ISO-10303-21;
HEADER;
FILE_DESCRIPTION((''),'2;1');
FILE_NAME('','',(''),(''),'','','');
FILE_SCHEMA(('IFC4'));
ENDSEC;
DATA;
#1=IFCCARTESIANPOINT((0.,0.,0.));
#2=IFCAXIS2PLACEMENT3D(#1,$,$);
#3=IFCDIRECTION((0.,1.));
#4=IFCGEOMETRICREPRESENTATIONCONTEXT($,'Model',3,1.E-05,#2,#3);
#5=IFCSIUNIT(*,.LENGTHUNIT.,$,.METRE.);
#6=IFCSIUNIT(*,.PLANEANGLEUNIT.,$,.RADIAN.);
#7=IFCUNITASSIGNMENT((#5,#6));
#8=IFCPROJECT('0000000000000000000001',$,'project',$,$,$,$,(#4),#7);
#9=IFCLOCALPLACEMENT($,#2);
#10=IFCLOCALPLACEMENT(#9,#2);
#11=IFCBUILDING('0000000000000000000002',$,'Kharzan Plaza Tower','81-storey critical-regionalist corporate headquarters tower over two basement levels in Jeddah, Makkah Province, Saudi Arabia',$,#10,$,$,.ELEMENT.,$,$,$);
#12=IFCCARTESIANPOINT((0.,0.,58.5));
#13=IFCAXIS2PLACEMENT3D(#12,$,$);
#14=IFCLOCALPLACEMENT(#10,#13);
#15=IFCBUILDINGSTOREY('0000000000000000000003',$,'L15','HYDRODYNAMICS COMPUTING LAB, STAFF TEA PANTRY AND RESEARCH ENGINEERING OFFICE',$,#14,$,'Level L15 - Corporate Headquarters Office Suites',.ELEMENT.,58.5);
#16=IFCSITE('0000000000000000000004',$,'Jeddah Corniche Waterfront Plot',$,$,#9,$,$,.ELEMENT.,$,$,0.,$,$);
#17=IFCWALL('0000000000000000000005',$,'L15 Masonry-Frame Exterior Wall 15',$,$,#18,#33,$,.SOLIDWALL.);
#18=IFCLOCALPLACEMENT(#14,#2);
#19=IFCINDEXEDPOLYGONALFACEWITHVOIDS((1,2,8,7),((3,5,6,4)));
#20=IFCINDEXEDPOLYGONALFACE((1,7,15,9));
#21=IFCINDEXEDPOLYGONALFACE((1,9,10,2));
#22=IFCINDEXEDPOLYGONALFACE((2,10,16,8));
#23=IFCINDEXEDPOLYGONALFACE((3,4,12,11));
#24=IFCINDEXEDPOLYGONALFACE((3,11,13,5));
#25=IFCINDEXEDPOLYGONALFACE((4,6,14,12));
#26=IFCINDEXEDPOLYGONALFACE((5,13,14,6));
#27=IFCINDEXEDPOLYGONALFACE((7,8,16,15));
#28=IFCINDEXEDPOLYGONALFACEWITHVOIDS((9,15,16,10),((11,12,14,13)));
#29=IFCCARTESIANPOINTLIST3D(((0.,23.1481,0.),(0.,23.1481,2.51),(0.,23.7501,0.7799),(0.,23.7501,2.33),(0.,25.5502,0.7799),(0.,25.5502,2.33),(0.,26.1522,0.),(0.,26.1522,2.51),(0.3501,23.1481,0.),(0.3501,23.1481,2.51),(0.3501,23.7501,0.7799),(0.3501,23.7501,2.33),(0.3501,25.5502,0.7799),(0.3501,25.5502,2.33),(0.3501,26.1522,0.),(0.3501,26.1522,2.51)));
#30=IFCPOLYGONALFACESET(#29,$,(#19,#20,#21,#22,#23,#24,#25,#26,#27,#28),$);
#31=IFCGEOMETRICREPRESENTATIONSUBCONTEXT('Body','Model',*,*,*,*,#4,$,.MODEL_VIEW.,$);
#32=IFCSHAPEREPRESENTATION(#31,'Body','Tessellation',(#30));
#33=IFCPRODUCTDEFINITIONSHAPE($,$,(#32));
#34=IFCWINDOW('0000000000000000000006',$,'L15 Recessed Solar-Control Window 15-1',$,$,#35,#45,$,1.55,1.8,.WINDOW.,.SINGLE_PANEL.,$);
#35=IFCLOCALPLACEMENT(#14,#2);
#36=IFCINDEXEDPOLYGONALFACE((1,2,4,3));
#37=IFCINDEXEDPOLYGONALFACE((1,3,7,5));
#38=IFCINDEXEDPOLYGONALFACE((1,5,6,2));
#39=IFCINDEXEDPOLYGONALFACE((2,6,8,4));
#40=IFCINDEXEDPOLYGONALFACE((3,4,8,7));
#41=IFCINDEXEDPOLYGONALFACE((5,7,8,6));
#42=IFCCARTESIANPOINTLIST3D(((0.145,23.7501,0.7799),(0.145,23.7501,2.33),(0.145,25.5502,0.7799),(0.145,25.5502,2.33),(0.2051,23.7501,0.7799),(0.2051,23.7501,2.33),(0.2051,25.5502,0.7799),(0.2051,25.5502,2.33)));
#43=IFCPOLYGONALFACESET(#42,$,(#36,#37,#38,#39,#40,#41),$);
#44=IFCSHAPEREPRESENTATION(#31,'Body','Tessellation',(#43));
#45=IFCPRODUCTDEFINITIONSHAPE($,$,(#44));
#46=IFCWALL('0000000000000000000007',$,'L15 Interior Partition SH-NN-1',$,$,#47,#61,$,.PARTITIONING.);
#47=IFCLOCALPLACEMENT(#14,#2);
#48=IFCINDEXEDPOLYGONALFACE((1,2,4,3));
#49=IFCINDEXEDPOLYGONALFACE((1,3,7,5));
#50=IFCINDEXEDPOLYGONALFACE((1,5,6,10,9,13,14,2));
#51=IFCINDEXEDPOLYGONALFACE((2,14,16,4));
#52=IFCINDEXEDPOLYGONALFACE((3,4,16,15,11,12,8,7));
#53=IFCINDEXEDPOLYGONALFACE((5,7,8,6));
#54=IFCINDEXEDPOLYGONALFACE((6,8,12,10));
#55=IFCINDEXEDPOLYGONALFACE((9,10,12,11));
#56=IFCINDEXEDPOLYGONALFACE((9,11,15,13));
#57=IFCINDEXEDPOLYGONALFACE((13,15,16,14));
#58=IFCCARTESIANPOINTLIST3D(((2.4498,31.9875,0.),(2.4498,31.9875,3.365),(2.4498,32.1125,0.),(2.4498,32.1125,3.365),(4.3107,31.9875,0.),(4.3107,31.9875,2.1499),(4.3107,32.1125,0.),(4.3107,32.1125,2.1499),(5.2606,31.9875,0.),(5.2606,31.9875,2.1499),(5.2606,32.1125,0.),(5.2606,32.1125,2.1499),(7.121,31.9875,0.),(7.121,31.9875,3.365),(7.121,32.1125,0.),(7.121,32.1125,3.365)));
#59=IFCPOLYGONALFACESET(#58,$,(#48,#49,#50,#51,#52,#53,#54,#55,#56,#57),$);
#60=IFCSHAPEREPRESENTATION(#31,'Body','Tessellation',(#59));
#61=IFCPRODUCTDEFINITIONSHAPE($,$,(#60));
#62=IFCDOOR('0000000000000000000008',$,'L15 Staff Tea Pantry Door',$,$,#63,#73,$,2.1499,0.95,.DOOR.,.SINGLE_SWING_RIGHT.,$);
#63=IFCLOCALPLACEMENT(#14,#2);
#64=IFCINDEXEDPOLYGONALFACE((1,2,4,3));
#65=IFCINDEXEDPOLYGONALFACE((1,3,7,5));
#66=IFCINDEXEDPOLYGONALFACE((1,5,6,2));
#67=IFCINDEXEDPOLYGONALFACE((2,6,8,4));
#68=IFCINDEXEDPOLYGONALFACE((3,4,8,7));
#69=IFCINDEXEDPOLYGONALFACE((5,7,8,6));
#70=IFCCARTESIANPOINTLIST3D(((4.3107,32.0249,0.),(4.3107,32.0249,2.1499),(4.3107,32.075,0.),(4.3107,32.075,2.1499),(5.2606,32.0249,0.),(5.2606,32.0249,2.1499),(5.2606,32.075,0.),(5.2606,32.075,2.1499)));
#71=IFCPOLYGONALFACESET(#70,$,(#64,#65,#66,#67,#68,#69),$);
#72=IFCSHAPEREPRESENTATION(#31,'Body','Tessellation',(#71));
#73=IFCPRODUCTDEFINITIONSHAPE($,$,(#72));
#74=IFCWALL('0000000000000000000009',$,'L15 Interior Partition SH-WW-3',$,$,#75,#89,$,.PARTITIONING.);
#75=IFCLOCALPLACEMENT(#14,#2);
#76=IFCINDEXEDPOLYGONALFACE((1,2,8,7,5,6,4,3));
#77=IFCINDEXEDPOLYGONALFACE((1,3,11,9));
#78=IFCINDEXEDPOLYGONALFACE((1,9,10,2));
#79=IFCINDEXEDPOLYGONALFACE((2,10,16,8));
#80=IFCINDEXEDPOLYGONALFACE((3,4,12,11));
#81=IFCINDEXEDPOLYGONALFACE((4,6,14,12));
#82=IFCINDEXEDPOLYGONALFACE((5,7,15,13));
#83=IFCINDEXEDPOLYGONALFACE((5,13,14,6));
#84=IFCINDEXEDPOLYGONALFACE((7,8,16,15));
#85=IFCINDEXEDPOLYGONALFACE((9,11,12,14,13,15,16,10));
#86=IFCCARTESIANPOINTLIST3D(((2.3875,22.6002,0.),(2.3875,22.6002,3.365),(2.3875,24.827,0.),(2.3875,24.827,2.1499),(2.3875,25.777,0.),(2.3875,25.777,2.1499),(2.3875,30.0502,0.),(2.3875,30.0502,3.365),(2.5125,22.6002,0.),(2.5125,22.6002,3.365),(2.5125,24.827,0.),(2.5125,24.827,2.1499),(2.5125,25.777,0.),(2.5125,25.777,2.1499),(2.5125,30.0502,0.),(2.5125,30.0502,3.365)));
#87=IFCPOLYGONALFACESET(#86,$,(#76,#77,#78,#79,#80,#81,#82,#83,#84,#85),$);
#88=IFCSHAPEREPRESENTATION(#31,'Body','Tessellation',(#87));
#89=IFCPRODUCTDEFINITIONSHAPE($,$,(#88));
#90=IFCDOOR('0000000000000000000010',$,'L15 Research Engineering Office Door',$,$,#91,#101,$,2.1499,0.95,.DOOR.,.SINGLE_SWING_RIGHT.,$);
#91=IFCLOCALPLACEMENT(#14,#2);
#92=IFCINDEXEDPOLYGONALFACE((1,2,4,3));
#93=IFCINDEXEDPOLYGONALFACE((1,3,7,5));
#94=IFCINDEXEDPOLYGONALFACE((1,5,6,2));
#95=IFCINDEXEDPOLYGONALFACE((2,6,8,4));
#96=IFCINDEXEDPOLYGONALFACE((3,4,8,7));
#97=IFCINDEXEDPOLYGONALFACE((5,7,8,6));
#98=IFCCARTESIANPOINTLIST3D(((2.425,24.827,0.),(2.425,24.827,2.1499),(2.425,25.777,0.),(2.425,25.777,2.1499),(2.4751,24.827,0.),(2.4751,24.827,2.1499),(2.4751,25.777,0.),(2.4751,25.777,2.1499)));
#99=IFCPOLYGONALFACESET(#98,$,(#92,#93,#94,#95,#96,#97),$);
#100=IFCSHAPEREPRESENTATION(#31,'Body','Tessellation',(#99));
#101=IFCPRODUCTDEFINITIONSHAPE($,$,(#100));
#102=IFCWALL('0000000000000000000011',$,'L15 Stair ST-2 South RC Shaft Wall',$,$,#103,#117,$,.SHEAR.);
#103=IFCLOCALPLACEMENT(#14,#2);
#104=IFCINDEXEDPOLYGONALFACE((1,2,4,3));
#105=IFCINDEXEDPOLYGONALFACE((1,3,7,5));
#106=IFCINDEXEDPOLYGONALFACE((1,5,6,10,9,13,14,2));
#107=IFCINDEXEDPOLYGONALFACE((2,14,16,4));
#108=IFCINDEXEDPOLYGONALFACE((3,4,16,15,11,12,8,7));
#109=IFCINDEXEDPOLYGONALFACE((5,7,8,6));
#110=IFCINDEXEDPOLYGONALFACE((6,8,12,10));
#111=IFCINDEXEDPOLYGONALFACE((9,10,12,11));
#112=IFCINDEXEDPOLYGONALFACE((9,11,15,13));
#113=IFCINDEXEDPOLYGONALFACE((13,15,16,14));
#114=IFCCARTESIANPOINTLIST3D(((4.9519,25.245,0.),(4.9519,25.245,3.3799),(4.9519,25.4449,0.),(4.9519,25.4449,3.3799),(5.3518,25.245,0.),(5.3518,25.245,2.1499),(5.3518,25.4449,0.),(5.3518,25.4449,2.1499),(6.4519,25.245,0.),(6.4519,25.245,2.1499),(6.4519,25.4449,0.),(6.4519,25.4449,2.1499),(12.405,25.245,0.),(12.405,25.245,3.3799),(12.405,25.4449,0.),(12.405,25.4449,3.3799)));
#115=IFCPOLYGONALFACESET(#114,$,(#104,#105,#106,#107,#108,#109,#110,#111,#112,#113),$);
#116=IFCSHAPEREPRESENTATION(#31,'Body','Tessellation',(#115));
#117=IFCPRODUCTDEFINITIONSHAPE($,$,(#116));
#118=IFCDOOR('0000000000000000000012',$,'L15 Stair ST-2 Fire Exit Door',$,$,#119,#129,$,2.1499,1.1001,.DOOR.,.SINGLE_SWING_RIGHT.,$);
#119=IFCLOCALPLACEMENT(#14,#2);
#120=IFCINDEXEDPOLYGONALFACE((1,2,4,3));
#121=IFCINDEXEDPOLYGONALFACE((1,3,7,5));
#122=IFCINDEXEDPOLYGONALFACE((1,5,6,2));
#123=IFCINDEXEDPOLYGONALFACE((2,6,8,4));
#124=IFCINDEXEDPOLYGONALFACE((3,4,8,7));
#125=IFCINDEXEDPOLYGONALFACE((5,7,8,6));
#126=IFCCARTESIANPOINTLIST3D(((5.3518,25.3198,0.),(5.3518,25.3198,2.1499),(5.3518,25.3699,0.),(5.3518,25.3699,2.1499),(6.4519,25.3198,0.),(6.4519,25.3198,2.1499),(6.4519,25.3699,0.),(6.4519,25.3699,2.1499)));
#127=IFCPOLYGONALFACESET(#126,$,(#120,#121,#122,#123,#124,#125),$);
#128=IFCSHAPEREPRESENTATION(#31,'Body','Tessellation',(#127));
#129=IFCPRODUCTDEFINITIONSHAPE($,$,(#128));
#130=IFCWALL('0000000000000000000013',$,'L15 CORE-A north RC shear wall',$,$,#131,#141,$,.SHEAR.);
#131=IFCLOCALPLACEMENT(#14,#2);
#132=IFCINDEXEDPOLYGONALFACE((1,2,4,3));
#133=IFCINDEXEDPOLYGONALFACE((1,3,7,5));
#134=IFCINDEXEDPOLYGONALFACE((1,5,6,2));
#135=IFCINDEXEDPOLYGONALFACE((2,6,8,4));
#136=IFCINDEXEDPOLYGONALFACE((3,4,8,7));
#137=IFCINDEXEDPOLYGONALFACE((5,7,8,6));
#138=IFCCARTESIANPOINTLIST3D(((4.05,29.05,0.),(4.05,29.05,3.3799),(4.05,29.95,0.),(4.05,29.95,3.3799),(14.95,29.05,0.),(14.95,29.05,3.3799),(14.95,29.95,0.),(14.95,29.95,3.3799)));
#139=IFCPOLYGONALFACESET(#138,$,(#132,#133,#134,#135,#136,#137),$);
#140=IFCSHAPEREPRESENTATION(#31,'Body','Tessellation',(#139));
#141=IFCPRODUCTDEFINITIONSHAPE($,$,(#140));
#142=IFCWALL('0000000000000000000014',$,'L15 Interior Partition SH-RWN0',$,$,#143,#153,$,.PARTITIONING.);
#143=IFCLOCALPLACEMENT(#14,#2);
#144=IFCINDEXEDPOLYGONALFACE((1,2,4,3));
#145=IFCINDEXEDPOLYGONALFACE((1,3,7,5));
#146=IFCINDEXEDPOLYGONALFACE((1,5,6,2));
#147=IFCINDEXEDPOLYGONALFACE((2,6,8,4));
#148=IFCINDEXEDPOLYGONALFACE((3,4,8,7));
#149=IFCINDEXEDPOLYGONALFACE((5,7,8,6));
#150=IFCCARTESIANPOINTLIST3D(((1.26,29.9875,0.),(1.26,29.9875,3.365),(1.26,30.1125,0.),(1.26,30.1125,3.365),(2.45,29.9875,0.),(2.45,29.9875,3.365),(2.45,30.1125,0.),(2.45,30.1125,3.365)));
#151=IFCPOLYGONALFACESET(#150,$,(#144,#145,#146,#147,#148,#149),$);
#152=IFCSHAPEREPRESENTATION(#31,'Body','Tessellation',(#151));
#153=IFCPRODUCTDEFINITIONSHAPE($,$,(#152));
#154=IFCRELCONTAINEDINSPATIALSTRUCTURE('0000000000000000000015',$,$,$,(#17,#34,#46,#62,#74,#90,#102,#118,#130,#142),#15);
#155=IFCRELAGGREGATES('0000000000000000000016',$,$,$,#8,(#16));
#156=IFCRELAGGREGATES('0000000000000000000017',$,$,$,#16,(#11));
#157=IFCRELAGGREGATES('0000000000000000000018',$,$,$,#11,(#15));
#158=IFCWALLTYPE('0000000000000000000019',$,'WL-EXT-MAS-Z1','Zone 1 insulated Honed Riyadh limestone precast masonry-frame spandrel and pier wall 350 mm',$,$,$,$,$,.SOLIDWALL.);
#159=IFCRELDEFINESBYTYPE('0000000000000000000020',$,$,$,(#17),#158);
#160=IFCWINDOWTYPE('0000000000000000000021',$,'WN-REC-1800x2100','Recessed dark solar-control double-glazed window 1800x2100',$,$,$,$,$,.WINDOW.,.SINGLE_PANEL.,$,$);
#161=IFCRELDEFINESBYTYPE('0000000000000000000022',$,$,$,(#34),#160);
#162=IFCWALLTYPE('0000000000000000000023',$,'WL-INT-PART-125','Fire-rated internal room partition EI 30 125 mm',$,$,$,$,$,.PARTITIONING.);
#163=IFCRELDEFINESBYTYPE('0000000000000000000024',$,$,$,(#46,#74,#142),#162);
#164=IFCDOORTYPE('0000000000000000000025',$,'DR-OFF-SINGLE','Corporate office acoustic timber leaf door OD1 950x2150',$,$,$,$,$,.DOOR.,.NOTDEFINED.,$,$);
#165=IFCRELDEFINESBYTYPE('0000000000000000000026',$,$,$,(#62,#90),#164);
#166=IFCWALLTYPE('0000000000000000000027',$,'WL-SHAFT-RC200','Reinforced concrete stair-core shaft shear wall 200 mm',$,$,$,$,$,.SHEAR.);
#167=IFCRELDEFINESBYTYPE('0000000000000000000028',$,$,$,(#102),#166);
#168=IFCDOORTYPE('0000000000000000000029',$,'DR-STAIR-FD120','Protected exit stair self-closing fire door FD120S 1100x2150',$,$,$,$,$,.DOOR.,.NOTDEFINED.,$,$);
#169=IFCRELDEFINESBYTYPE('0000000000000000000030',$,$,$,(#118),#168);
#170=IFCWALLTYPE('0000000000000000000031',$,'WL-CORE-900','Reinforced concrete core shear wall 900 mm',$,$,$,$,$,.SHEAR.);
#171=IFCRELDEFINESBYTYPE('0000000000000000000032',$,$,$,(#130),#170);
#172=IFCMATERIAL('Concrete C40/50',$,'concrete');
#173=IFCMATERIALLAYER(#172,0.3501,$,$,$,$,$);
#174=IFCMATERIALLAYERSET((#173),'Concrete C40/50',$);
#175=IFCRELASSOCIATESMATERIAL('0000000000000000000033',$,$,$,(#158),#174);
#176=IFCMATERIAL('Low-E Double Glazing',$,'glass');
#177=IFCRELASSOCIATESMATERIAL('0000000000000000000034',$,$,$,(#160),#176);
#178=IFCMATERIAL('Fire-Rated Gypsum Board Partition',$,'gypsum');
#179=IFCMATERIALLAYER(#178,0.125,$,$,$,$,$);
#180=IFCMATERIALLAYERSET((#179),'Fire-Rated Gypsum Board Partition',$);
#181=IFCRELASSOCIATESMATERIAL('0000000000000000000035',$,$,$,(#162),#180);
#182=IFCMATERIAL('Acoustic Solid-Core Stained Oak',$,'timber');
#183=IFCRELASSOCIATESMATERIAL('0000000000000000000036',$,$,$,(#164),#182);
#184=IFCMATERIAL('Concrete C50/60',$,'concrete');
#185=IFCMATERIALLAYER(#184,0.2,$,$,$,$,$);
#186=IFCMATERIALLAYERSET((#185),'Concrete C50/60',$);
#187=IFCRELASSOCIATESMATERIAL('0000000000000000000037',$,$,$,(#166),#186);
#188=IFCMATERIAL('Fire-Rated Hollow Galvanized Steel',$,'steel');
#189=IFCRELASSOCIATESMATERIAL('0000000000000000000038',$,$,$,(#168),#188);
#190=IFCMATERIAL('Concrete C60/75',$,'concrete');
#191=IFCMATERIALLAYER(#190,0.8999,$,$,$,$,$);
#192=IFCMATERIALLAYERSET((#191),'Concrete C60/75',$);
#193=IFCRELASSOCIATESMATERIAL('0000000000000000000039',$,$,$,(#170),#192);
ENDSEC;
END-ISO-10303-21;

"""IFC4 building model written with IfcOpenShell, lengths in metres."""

from ifc_helpers import new_model, si_unit, direction, frame, frame_2d, origin, place, context, subcontext, project, spatial, rectangle, extrude, source, transform, mapped, material, layer, layer_set, type_object, element, fill, save


model = new_model("IFC4")

# Units and contexts
model_context = context("Model", 3, precision=1e-05, world=origin(), true_north=direction((0.0, 1.0)))
body_context = subcontext(model_context, "Body", "Model", "MODEL_VIEW")
ifc_project = project(units=[si_unit("LENGTHUNIT", "METRE"), si_unit("PLANEANGLEUNIT", "RADIAN")], contexts=[model_context])

# Site, building, storey
site_placement = place(None, origin())
site = spatial("IfcSite", under=ifc_project, at=site_placement, Name="Jeddah Corniche Waterfront Plot", CompositionType="ELEMENT", RefElevation=0.0)
building_placement = place(site_placement, origin())
building = spatial("IfcBuilding", under=site, at=building_placement, Name="Kharzan Plaza Tower", Description="81-storey critical-regionalist corporate headquarters tower over two basement levels in Jeddah, Makkah Province, Saudi Arabia", CompositionType="ELEMENT")
storey_placement = place(building_placement, frame((0.0, 0.0, 58.5)))
storey = spatial("IfcBuildingStorey", under=building, at=storey_placement, Name="L15", Description="HYDRODYNAMICS COMPUTING LAB, STAFF TEA PANTRY AND RESEARCH ENGINEERING OFFICE", LongName="Level L15 - Corporate Headquarters Office Suites", CompositionType="ELEMENT", Elevation=58.5)

# Shared definitions
ifc_material_1 = material(Name="Concrete C60/75", Category="concrete")

# Wall, opening, window
ifc_material_2 = material(Name="Concrete C40/50", Category="concrete")
ifc_layer_1 = layer(ifc_material_2, 0.3501)
ifc_layer_set_1 = layer_set([ifc_layer_1], Name="Concrete C40/50")
wall_type_1 = type_object("IfcWallType", Name="WL-EXT-MAS-Z1", Description="Zone 1 insulated Honed Riyadh limestone precast masonry-frame spandrel and pier wall 350 mm", PredefinedType="SOLIDWALL", material=ifc_layer_set_1)
ifc_material_3 = material(Name="Low-E Double Glazing", Category="glass")
wall_1_placement = place(storey_placement, frame((0.175, 26.1521, 0.0), z_axis=(0.0, 0.0, 1.0), x_axis=(0.0, -1.0, 0.0)))
wall_1 = element("IfcWall", 1, at=wall_1_placement, inside=storey, type_object=wall_type_1, Name="L15 Masonry-Frame Exterior Wall 15", PredefinedType="SOLIDWALL", context=body_context, shape_type="SweptSolid", body=[
    extrude(rectangle(XDim=3.0042, YDim=0.3501, at=frame_2d((1.502, 0.0))), origin(), (0.0, 0.0, 1.0), 2.51),
])
opening_1_placement = place(wall_1_placement, frame((0.6021, 0.0, 0.78)))
opening_1 = element("IfcOpeningElement", 2, at=opening_1_placement, cuts=wall_1, PredefinedType="OPENING", context=body_context, shape_type="SweptSolid", body=[
    extrude(rectangle(XDim=1.8, YDim=1.55, at=frame_2d((0.8999, 0.7749))), frame((0.0, 0.1851, 0.0), z_axis=(0.0, -1.0, 0.0), x_axis=(1.0, 0.0, 0.0)), (0.0, 0.0, 1.0), 0.3701),
])
window_type_1 = type_object("IfcWindowType", Name="WN-REC-1800x2100", Description="Recessed dark solar-control double-glazed window 1800x2100", PartitioningType="SINGLE_PANEL", PredefinedType="WINDOW", material=ifc_material_3)
shared_shape_1 = source(origin(), body_context, "Body", "SweptSolid", [
    extrude(rectangle(XDim=1.8, YDim=1.55, at=frame_2d((0.8999, 0.7749))), frame((0.0, 0.03, 0.0), z_axis=(0.0, -1.0, 0.0), x_axis=(1.0, 0.0, 0.0)), (0.0, 0.0, 1.0), 0.0601),
])
window_1_placement = place(opening_1_placement, origin())
window_1 = element("IfcWindow", 3, at=window_1_placement, inside=storey, type_object=window_type_1, Name="L15 Recessed Solar-Control Window 15-1", OverallHeight=1.55, OverallWidth=1.8, PartitioningType="SINGLE_PANEL", PredefinedType="WINDOW", context=body_context, shape_type="MappedRepresentation", body=[
    mapped(shared_shape_1, transform((0.0, 0.0, 0.0), x_axis=(1.0, 0.0, 0.0), y_axis=(0.0, 1.0, 0.0), z_axis=(0.0, 0.0, 1.0))),
])
fill(opening_1, window_1)

# Walls, openings, doors
ifc_material_4 = material(Name="Fire-Rated Gypsum Board Partition", Category="gypsum")
ifc_layer_2 = layer(ifc_material_4, 0.125)
ifc_layer_set_2 = layer_set([ifc_layer_2], Name="Fire-Rated Gypsum Board Partition")
wall_type_2 = type_object("IfcWallType", Name="WL-INT-PART-125", Description="Fire-rated internal room partition EI 30 125 mm", PredefinedType="PARTITIONING", material=ifc_layer_set_2)
wall_2_placement = place(storey_placement, frame((2.45, 32.05, 0.0), z_axis=(0.0, 0.0, 1.0), x_axis=(1.0, 0.0, 0.0)))
wall_2 = element("IfcWall", 4, at=wall_2_placement, inside=storey, type_object=wall_type_2, Name="L15 Interior Partition SH-NN-1", PredefinedType="PARTITIONING", context=body_context, shape_type="SweptSolid", body=[
    extrude(rectangle(XDim=4.6711, YDim=0.125, at=frame_2d((2.3354, 0.0))), origin(), (0.0, 0.0, 1.0), 3.365),
])
opening_2_placement = place(wall_2_placement, frame((1.8606, 0.0, 0.0)))
opening_2 = element("IfcOpeningElement", 5, at=opening_2_placement, cuts=wall_2, PredefinedType="OPENING", context=body_context, shape_type="SweptSolid", body=[
    extrude(rectangle(XDim=0.95, YDim=2.1499, at=frame_2d((0.4751, 1.075))), frame((0.0, 0.0725, 0.0), z_axis=(0.0, -1.0, 0.0), x_axis=(1.0, 0.0, 0.0)), (0.0, 0.0, 1.0), 0.145),
])
ifc_material_5 = material(Name="Acoustic Solid-Core Stained Oak", Category="timber")
door_type_1 = type_object("IfcDoorType", Name="DR-OFF-SINGLE", Description="Corporate office acoustic timber leaf door OD1 950x2150", OperationType="NOTDEFINED", PredefinedType="DOOR", material=ifc_material_5)
shared_shape_2 = source(origin(), body_context, "Body", "SweptSolid", [
    extrude(rectangle(XDim=0.95, YDim=2.1499, at=frame_2d((0.4751, 1.075))), frame((0.0, 0.0249, 0.0), z_axis=(0.0, -1.0, 0.0), x_axis=(1.0, 0.0, 0.0)), (0.0, 0.0, 1.0), 0.05),
])
door_1_placement = place(opening_2_placement, origin())
door_1 = element("IfcDoor", 6, at=door_1_placement, inside=storey, type_object=door_type_1, Name="L15 Staff Tea Pantry Door", OperationType="SINGLE_SWING_RIGHT", OverallHeight=2.1499, OverallWidth=0.95, PredefinedType="DOOR", context=body_context, shape_type="MappedRepresentation", body=[
    mapped(shared_shape_2, transform((0.0, 0.0, 0.0), x_axis=(1.0, 0.0, 0.0), y_axis=(0.0, 1.0, 0.0), z_axis=(0.0, 0.0, 1.0))),
])
fill(opening_2, door_1)
wall_3_placement = place(storey_placement, frame((2.45, 22.6001, 0.0), z_axis=(0.0, 0.0, 1.0), x_axis=(0.0, 1.0, 0.0)))
wall_3 = element("IfcWall", 7, at=wall_3_placement, inside=storey, type_object=wall_type_2, Name="L15 Interior Partition SH-WW-3", PredefinedType="PARTITIONING", context=body_context, shape_type="SweptSolid", body=[
    extrude(rectangle(XDim=7.45, YDim=0.125, at=frame_2d((3.7251, 0.0))), origin(), (0.0, 0.0, 1.0), 3.365),
])
opening_3_placement = place(wall_3_placement, frame((2.2268, 0.0, 0.0)))
opening_3 = element("IfcOpeningElement", 8, at=opening_3_placement, cuts=wall_3, PredefinedType="OPENING", context=body_context, shape_type="SweptSolid", body=[
    extrude(rectangle(XDim=0.95, YDim=2.1499, at=frame_2d((0.4751, 1.075))), frame((0.0, 0.0725, 0.0), z_axis=(0.0, -1.0, 0.0), x_axis=(1.0, 0.0, 0.0)), (0.0, 0.0, 1.0), 0.145),
])
door_2_placement = place(opening_3_placement, origin())
door_2 = element("IfcDoor", 9, at=door_2_placement, inside=storey, type_object=door_type_1, Name="L15 Research Engineering Office Door", OperationType="SINGLE_SWING_RIGHT", OverallHeight=2.1499, OverallWidth=0.95, PredefinedType="DOOR", context=body_context, shape_type="MappedRepresentation", body=[
    mapped(shared_shape_2, transform((0.0, 0.0, 0.0), x_axis=(1.0, 0.0, 0.0), y_axis=(0.0, 1.0, 0.0), z_axis=(0.0, 0.0, 1.0))),
])
fill(opening_3, door_2)
ifc_material_6 = material(Name="Concrete C50/60", Category="concrete")
ifc_layer_3 = layer(ifc_material_6, 0.2)
ifc_layer_set_3 = layer_set([ifc_layer_3], Name="Concrete C50/60")
wall_type_3 = type_object("IfcWallType", Name="WL-SHAFT-RC200", Description="Reinforced concrete stair-core shaft shear wall 200 mm", PredefinedType="SHEAR", material=ifc_layer_set_3)
wall_4_placement = place(storey_placement, frame((4.9519, 25.345, 0.0), z_axis=(0.0, 0.0, 1.0), x_axis=(1.0, 0.0, 0.0)))
wall_4 = element("IfcWall", 10, at=wall_4_placement, inside=storey, type_object=wall_type_3, Name="L15 Stair ST-2 South RC Shaft Wall", PredefinedType="SHEAR", context=body_context, shape_type="SweptSolid", body=[
    extrude(rectangle(XDim=7.4531, YDim=0.2, at=frame_2d((3.7266, 0.0))), origin(), (0.0, 0.0, 1.0), 3.3799),
])
opening_4_placement = place(wall_4_placement, frame((0.3999, 0.0, 0.0)))
opening_4 = element("IfcOpeningElement", 11, at=opening_4_placement, cuts=wall_4, PredefinedType="OPENING", context=body_context, shape_type="SweptSolid", body=[
    extrude(rectangle(XDim=1.1001, YDim=2.1499, at=frame_2d((0.55, 1.075))), frame((0.0, 0.1099, 0.0), z_axis=(0.0, -1.0, 0.0), x_axis=(1.0, 0.0, 0.0)), (0.0, 0.0, 1.0), 0.22),
])
ifc_material_7 = material(Name="Fire-Rated Hollow Galvanized Steel", Category="steel")
door_type_2 = type_object("IfcDoorType", Name="DR-STAIR-FD120", Description="Protected exit stair self-closing fire door FD120S 1100x2150", OperationType="NOTDEFINED", PredefinedType="DOOR", material=ifc_material_7)
shared_shape_3 = source(origin(), body_context, "Body", "SweptSolid", [
    extrude(rectangle(XDim=1.1001, YDim=2.1499, at=frame_2d((0.55, 1.075))), frame((0.0, 0.0249, 0.0), z_axis=(0.0, -1.0, 0.0), x_axis=(1.0, 0.0, 0.0)), (0.0, 0.0, 1.0), 0.05),
])
door_3_placement = place(opening_4_placement, origin())
door_3 = element("IfcDoor", 12, at=door_3_placement, inside=storey, type_object=door_type_2, Name="L15 Stair ST-2 Fire Exit Door", OperationType="SINGLE_SWING_RIGHT", OverallHeight=2.1499, OverallWidth=1.1001, PredefinedType="DOOR", context=body_context, shape_type="MappedRepresentation", body=[
    mapped(shared_shape_3, transform((0.0, 0.0, 0.0), x_axis=(1.0, 0.0, 0.0), y_axis=(0.0, 1.0, 0.0), z_axis=(0.0, 0.0, 1.0))),
])
fill(opening_4, door_3)

# Walls
ifc_layer_4 = layer(ifc_material_1, 0.8999)
ifc_layer_set_4 = layer_set([ifc_layer_4], Name="Concrete C60/75")
wall_type_4 = type_object("IfcWallType", Name="WL-CORE-900", Description="Reinforced concrete core shear wall 900 mm", PredefinedType="SHEAR", material=ifc_layer_set_4)
shared_shape_4 = source(origin(), body_context, "Body", "SweptSolid", [
    extrude(rectangle(XDim=10.8999, YDim=0.8999, at=frame_2d((5.45, 0.0))), origin(), (0.0, 0.0, 1.0), 3.3799),
])
wall_5_placement = place(storey_placement, frame((4.05, 29.5, 0.0), z_axis=(0.0, 0.0, 1.0), x_axis=(1.0, 0.0, 0.0)))
element("IfcWall", 13, at=wall_5_placement, inside=storey, type_object=wall_type_4, Name="L15 CORE-A north RC shear wall", PredefinedType="SHEAR", context=body_context, shape_type="MappedRepresentation", body=[
    mapped(shared_shape_4, transform((0.0, 0.0, 0.0), x_axis=(1.0, 0.0, 0.0), y_axis=(0.0, 1.0, 0.0), z_axis=(0.0, 0.0, 1.0))),
])
shared_shape_5 = source(origin(), body_context, "Body", "SweptSolid", [
    extrude(rectangle(XDim=1.1899, YDim=0.125, at=frame_2d((0.595, 0.0))), origin(), (0.0, 0.0, 1.0), 3.365),
])
for number, where, z_axis, x_axis, name in (
    (14, (1.26, 30.05, 0.0), (0.0, 0.0, 1.0), (1.0, 0.0, 0.0), "L15 Interior Partition SH-RWN0"),
):
    element("IfcWall", number, at=place(storey_placement, frame(where, z_axis=z_axis, x_axis=x_axis)), inside=storey, type_object=wall_type_2, Name=name, PredefinedType="PARTITIONING", context=body_context, shape_type="MappedRepresentation", body=[
        mapped(shared_shape_5, transform((0.0, 0.0, 0.0), x_axis=(1.0, 0.0, 0.0), y_axis=(0.0, 1.0, 0.0), z_axis=(0.0, 0.0, 1.0))),
    ])

save(model, "model.ifc")
